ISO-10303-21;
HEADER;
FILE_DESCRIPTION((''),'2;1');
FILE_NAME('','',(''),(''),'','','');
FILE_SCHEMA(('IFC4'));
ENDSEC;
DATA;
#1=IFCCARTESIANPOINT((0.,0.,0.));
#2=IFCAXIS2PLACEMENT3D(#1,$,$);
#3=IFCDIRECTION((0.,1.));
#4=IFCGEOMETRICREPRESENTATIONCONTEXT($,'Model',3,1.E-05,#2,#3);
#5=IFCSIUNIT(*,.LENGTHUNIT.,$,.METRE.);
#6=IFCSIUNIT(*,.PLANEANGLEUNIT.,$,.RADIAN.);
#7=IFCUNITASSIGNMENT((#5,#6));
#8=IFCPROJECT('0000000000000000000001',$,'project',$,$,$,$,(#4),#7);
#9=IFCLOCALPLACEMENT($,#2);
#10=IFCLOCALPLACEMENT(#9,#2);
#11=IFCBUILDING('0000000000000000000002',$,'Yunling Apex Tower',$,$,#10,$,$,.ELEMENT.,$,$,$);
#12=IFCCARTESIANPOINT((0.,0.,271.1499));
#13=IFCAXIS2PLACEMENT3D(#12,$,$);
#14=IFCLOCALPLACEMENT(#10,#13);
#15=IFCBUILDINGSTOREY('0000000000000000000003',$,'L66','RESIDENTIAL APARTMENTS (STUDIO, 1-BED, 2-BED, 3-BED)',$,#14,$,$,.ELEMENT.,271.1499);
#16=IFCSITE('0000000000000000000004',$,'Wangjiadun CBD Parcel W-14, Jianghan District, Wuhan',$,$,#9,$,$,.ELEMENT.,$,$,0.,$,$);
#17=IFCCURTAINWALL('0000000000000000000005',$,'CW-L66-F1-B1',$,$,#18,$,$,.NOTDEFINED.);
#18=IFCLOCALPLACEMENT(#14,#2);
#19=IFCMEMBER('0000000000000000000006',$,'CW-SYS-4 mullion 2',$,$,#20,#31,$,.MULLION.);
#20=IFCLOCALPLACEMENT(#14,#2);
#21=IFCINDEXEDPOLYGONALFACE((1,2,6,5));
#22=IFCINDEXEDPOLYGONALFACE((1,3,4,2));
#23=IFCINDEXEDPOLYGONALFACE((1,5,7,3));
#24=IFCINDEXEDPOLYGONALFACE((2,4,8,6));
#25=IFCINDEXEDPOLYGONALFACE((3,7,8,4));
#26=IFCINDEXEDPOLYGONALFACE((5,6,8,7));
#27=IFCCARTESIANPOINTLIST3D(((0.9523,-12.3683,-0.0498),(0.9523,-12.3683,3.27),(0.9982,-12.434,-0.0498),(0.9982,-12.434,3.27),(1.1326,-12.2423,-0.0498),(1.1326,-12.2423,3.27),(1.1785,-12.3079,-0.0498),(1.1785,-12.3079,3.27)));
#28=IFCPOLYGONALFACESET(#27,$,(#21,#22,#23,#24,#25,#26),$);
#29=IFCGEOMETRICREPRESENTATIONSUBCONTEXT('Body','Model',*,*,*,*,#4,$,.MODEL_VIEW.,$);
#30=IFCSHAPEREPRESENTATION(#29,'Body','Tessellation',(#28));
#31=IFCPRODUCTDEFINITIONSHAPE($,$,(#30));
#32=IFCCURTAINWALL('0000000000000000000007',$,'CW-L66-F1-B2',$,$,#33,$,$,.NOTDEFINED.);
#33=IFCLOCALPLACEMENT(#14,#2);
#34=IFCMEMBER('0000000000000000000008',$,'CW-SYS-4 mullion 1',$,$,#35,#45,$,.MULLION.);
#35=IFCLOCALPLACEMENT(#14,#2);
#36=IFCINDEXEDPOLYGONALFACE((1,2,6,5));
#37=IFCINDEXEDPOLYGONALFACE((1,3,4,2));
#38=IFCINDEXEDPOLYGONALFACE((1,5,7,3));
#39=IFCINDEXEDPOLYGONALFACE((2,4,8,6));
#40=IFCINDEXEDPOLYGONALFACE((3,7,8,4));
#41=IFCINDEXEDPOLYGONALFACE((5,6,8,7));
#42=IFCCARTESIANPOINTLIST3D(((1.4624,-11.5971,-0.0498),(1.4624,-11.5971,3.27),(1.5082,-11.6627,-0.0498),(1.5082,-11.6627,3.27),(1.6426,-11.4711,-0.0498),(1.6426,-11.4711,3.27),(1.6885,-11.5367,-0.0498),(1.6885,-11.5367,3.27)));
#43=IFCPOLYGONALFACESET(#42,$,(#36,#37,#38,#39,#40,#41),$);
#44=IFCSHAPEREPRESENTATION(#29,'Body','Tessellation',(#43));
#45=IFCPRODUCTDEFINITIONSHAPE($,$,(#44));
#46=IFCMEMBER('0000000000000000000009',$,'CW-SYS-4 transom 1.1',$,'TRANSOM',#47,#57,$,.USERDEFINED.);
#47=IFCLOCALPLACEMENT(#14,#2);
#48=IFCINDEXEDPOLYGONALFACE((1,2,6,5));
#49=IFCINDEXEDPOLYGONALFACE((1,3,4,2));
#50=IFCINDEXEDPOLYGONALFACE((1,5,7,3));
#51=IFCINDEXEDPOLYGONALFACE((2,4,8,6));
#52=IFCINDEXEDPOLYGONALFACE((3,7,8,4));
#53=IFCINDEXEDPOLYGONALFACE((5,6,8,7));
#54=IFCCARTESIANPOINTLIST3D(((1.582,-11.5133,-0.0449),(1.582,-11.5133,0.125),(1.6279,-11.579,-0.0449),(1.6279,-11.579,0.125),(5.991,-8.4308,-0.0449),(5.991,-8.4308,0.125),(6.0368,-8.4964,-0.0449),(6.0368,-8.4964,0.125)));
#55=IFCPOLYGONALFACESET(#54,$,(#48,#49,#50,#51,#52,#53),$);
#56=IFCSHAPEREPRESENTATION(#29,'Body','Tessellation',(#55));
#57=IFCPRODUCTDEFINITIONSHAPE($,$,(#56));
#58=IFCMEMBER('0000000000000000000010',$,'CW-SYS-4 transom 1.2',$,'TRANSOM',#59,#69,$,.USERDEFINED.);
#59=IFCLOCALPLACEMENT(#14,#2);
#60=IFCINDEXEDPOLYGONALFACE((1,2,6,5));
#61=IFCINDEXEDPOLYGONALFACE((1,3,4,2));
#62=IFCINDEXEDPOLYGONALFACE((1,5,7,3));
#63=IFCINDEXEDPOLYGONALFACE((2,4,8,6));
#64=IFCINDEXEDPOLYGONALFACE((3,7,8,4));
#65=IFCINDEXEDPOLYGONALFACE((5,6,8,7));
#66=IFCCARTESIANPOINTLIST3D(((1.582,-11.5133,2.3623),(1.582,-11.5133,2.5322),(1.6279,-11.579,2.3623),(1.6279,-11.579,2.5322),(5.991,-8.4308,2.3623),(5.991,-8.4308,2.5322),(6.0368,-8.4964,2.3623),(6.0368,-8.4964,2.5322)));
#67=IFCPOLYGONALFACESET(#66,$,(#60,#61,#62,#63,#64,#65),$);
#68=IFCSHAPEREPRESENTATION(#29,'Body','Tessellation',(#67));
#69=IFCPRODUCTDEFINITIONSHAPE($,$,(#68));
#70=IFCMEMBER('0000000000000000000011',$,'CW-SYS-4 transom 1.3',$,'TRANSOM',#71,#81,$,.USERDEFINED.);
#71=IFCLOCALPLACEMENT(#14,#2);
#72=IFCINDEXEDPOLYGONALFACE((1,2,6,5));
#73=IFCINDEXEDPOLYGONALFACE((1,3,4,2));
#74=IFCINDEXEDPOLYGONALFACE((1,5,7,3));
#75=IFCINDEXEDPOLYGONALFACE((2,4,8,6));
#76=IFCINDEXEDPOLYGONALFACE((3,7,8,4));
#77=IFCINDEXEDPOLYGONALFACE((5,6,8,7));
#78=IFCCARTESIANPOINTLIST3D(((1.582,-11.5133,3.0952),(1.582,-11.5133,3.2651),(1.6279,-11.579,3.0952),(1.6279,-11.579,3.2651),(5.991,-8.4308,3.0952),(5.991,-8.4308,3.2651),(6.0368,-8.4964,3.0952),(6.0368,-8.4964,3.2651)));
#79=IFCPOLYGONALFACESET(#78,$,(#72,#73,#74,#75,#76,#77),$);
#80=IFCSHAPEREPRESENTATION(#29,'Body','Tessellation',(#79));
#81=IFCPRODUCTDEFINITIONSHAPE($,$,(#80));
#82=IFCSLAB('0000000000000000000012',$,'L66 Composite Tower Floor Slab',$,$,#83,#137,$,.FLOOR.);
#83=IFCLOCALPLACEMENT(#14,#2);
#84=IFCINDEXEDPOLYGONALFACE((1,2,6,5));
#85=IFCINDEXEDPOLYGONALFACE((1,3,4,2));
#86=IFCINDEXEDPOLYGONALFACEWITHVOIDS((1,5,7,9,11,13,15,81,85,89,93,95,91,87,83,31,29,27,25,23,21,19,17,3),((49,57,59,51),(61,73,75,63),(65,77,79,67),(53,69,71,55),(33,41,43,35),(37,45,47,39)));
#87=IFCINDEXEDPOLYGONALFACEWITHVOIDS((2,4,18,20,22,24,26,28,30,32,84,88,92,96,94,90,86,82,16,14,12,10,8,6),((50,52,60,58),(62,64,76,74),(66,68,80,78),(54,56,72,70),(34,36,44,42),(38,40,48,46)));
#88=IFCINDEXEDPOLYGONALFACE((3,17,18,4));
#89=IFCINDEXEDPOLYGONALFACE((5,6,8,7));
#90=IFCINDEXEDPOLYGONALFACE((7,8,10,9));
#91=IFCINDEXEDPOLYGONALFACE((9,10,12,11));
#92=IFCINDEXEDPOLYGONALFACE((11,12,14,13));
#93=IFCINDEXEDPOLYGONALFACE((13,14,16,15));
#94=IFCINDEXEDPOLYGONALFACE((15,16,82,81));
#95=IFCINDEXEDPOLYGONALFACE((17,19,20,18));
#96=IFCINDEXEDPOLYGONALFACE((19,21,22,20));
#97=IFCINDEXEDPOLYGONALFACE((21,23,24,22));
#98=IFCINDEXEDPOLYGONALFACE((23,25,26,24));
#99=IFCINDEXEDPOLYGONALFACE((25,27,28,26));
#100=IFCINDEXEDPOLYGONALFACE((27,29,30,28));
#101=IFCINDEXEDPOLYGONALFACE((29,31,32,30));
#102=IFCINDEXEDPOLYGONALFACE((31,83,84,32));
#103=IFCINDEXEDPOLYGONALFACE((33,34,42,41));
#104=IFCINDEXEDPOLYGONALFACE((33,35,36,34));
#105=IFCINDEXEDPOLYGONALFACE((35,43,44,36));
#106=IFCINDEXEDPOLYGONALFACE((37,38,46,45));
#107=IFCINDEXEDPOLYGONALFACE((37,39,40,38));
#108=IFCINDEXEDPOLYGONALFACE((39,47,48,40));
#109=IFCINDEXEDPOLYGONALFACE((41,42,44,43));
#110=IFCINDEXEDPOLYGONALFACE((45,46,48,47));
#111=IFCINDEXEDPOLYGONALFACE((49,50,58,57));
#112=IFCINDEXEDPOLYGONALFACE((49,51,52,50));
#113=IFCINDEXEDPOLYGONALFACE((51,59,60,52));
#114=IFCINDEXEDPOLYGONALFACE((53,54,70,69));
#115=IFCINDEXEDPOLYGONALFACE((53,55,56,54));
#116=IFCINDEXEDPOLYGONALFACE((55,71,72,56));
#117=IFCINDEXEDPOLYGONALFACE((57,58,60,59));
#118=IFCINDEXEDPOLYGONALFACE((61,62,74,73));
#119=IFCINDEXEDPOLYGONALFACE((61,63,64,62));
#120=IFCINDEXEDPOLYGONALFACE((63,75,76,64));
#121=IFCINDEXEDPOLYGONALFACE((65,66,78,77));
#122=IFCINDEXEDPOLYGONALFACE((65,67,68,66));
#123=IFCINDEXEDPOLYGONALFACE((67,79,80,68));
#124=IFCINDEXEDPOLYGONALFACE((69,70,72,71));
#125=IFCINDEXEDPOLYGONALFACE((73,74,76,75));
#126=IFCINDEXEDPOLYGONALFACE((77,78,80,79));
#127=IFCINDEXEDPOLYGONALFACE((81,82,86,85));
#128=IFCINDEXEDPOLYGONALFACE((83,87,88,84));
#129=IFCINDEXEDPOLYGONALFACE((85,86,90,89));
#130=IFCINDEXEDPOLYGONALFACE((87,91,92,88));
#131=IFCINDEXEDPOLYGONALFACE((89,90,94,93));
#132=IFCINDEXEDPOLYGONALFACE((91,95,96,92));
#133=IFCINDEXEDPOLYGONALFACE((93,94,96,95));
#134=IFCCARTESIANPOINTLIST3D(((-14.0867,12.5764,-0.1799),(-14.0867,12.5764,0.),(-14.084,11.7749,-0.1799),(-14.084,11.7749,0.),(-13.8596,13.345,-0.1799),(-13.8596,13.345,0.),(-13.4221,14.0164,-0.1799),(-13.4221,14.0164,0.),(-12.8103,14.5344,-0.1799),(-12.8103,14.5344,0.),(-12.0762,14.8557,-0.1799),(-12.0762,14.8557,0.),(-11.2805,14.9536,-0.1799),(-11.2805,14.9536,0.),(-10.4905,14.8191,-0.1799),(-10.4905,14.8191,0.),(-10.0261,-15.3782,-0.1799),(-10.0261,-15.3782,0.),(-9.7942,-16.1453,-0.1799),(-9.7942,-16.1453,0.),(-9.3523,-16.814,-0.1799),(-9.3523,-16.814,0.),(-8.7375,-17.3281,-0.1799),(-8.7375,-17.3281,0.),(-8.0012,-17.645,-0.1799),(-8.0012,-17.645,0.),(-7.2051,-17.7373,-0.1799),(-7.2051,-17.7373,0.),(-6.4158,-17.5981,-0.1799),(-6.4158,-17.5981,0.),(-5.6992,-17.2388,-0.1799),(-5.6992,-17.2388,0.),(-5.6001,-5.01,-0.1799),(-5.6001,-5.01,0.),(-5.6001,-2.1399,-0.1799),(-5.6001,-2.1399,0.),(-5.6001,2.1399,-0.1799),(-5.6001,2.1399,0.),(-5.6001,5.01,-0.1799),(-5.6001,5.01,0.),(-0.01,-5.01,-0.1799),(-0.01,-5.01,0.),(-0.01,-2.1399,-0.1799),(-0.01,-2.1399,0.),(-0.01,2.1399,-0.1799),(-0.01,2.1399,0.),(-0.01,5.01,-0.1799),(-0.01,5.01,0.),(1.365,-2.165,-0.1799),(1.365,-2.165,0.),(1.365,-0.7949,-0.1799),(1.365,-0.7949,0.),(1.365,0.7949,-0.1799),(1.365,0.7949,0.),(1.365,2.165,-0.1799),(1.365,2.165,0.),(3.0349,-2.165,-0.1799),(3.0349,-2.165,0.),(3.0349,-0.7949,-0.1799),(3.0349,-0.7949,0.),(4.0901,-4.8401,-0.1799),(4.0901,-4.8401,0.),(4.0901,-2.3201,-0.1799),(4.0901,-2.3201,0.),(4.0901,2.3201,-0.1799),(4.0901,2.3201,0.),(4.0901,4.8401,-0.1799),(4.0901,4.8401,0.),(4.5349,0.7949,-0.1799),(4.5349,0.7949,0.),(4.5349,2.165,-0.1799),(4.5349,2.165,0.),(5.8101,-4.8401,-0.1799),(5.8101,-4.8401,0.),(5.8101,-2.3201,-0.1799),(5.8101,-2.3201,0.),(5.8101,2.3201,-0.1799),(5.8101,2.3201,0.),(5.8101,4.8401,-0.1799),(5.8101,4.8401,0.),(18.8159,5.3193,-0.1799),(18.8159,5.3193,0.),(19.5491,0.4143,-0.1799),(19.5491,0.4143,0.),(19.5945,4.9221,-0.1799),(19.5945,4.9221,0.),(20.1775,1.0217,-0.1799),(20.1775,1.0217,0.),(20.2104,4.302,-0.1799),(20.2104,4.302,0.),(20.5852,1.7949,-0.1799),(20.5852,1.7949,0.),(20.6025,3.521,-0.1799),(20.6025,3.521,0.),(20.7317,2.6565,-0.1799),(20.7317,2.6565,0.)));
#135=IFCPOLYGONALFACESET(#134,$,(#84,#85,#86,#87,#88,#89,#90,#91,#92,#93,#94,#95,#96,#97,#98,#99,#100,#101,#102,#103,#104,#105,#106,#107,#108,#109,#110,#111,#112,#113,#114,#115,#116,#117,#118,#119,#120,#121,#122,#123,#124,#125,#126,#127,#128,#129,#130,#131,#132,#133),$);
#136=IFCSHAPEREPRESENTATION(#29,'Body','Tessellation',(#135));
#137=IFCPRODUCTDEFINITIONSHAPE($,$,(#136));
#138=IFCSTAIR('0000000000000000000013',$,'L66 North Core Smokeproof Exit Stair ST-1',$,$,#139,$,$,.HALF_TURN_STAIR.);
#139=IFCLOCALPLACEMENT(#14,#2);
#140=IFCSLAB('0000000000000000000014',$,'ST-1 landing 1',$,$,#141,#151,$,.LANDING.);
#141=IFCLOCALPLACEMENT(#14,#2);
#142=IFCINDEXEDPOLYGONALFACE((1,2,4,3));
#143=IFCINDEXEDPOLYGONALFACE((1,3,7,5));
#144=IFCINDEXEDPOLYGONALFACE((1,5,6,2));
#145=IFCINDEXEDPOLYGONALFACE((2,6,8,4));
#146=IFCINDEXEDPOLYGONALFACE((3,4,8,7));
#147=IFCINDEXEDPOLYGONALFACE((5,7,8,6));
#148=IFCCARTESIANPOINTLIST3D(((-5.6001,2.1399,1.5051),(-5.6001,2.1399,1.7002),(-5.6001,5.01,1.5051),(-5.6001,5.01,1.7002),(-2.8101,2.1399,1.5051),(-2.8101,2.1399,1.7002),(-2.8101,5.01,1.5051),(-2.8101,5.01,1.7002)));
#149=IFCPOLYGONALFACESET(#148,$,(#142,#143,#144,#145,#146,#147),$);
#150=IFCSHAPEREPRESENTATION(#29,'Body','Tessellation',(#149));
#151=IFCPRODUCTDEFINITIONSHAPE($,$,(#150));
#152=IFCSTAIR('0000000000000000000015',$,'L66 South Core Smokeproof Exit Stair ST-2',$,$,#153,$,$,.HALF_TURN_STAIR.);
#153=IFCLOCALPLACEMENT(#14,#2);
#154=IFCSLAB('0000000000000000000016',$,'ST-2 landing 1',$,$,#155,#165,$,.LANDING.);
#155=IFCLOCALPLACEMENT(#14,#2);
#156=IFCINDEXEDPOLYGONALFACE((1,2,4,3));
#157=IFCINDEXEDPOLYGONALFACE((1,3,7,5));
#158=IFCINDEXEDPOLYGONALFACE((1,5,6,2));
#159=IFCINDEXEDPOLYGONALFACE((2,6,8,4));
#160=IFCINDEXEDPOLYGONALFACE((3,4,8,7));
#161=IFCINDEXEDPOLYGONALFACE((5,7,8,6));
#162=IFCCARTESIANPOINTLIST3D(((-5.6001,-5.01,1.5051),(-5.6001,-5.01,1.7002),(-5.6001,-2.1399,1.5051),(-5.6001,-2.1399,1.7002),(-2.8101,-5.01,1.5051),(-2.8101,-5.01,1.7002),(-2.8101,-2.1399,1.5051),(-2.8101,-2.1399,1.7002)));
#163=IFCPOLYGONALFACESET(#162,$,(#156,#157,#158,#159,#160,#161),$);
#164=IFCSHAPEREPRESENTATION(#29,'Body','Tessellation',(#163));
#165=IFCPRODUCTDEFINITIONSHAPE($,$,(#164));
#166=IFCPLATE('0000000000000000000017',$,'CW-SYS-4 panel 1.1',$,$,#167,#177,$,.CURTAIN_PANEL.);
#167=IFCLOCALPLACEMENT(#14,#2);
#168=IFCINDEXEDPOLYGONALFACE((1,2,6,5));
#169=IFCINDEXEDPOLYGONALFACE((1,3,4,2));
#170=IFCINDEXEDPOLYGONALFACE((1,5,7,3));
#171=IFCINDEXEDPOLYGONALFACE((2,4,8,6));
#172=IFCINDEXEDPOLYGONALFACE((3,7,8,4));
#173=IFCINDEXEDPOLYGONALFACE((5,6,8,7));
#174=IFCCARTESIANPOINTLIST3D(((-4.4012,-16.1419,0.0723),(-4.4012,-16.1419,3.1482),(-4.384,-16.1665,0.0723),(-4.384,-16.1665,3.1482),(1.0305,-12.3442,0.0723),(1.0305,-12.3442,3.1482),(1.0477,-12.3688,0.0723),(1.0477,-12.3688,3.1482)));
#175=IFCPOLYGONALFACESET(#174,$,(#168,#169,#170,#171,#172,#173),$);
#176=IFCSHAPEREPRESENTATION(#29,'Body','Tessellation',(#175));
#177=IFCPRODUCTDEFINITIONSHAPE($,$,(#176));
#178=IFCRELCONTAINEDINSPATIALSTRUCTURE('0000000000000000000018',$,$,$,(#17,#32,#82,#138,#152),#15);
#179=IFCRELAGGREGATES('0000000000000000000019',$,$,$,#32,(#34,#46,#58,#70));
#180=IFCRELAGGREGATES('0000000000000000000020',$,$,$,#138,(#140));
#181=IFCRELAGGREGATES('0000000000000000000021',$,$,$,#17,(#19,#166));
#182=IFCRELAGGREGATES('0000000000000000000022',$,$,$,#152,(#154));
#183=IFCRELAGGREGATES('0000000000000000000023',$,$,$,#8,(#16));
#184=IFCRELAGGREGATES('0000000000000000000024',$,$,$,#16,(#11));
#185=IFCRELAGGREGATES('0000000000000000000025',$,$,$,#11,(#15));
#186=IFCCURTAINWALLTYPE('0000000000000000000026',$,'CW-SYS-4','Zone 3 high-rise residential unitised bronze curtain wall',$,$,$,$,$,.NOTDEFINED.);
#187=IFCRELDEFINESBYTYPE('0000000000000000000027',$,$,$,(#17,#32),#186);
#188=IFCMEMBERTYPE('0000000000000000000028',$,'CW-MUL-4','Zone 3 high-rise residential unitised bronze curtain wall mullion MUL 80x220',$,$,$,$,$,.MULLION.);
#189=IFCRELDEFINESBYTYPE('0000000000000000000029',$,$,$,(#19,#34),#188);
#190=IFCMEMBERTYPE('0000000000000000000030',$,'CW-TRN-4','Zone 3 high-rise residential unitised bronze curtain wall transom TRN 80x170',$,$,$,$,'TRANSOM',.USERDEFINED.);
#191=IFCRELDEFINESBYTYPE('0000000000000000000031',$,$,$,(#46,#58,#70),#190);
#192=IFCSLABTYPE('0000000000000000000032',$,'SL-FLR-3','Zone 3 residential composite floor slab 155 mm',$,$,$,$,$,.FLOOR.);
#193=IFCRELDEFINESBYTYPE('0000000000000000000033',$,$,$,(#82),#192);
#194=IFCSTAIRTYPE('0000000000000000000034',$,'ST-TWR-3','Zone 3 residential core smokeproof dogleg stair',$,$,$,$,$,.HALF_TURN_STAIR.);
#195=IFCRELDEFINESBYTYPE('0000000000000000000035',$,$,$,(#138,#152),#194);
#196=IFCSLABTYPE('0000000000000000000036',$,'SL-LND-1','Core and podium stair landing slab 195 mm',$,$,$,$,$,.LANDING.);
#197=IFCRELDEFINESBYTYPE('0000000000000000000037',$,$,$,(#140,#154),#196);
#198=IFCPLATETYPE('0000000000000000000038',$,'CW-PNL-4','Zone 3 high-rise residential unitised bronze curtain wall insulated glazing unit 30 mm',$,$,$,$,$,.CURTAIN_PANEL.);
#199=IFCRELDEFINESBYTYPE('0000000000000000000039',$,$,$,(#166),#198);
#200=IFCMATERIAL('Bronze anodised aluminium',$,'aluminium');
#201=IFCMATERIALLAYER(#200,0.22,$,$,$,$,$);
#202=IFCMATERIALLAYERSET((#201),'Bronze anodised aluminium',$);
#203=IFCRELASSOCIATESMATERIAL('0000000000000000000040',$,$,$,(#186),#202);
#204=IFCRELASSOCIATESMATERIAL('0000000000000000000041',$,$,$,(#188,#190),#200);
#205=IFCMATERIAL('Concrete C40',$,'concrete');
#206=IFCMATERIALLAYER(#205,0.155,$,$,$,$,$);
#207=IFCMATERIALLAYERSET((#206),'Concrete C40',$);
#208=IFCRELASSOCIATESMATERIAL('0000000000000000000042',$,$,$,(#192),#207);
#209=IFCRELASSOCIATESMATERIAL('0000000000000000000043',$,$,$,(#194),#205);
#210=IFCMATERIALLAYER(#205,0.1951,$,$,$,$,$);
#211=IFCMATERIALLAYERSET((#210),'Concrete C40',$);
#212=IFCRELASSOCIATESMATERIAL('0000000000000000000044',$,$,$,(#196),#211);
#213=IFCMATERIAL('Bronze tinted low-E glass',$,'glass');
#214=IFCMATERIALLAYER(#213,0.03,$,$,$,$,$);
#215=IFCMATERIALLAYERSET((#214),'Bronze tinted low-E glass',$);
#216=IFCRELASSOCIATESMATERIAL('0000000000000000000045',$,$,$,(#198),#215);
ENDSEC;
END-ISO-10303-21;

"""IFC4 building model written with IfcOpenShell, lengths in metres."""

from ifc_helpers import new_model, si_unit, direction, frame, origin, origin_2d, place, context, subcontext, project, spatial, polyline, rectangle, outline, extrude, source, transform, mapped, material, layer, layer_set, material_profile, profile_set, type_object, element, aggregate, save


model = new_model("IFC4")

# Units and contexts
model_context = context("Model", 3, precision=1e-05, world=origin(), true_north=direction((0.0, 1.0)))
body_context = subcontext(model_context, "Body", "Model", "MODEL_VIEW")
ifc_project = project(units=[si_unit("LENGTHUNIT", "METRE"), si_unit("PLANEANGLEUNIT", "RADIAN")], contexts=[model_context])

# Site, building, storey
site_placement = place(None, origin())
site = spatial("IfcSite", under=ifc_project, at=site_placement, Name="Wangjiadun CBD Parcel W-14, Jianghan District, Wuhan", CompositionType="ELEMENT", RefElevation=0.0)
building_placement = place(site_placement, origin())
building = spatial("IfcBuilding", under=site, at=building_placement, Name="Yunling Apex Tower", CompositionType="ELEMENT")
storey_placement = place(building_placement, frame((0.0, 0.0, 271.1499)))
storey = spatial("IfcBuildingStorey", under=building, at=storey_placement, Name="L66", Description="RESIDENTIAL APARTMENTS (STUDIO, 1-BED, 2-BED, 3-BED)", CompositionType="ELEMENT", Elevation=271.1499)

# Curtain wall, member
ifc_material_1 = material(Name="Bronze anodised aluminium", Category="aluminium")
ifc_layer_1 = layer(ifc_material_1, 0.22)
ifc_layer_set_1 = layer_set([ifc_layer_1], Name="Bronze anodised aluminium")
curtain_wall_type = type_object("IfcCurtainWallType", Name="CW-SYS-4", Description="Zone 3 high-rise residential unitised bronze curtain wall", PredefinedType="NOTDEFINED", material=ifc_layer_set_1)
curtain_wall_1_placement = place(storey_placement, origin())
curtain_wall_1 = element("IfcCurtainWall", 1, at=curtain_wall_1_placement, inside=storey, type_object=curtain_wall_type, Name="CW-L66-F1-B1", PredefinedType="NOTDEFINED")
ifc_material_profile_1 = material_profile(ifc_material_1, rectangle(XDim=0.0801, YDim=0.22, at=origin_2d()))
ifc_profile_set_1 = profile_set([ifc_material_profile_1], Name="Bronze anodised aluminium")
member_type_1 = type_object("IfcMemberType", Name="CW-MUL-4", Description="Zone 3 high-rise residential unitised bronze curtain wall mullion MUL 80x220", PredefinedType="MULLION", material=ifc_profile_set_1)
shared_shape_1 = source(origin(), body_context, "Body", "SweptSolid", [
    extrude(rectangle(XDim=0.0801, YDim=0.22, at=origin_2d()), origin(), (0.0, 0.0, 1.0), 3.3198),
])
member_1_placement = place(storey_placement, frame((1.0654, -12.3381, -0.0498), z_axis=(0.0, 0.0, 1.0), x_axis=(-0.573, 0.819555, 0.0)))
member_1 = element("IfcMember", 2, at=member_1_placement, type_object=member_type_1, Name="CW-SYS-4 mullion 2", PredefinedType="MULLION", context=body_context, shape_type="MappedRepresentation", body=[
    mapped(shared_shape_1, transform((0.0, 0.0, 0.0), scale=1.0)),
])

# Curtain wall, members
curtain_wall_2_placement = place(storey_placement, origin())
curtain_wall_2 = element("IfcCurtainWall", 3, at=curtain_wall_2_placement, inside=storey, type_object=curtain_wall_type, Name="CW-L66-F1-B2", PredefinedType="NOTDEFINED")
member_2_placement = place(storey_placement, frame((1.5754, -11.5669, -0.0498), z_axis=(0.0, 0.0, 1.0), x_axis=(-0.572999, 0.819556, 0.0)))
member_2 = element("IfcMember", 4, at=member_2_placement, type_object=member_type_1, Name="CW-SYS-4 mullion 1", PredefinedType="MULLION", context=body_context, shape_type="MappedRepresentation", body=[
    mapped(shared_shape_1, transform((0.0, 0.0, 0.0), scale=1.0)),
])
ifc_material_profile_2 = material_profile(ifc_material_1, rectangle(XDim=0.0801, YDim=0.1699, at=origin_2d()))
ifc_profile_set_2 = profile_set([ifc_material_profile_2], Name="Bronze anodised aluminium")
member_type_2 = type_object("IfcMemberType", Name="CW-TRN-4", Description="Zone 3 high-rise residential unitised bronze curtain wall transom TRN 80x170", ElementType="TRANSOM", PredefinedType="USERDEFINED", material=ifc_profile_set_2)
shared_shape_2 = source(origin(), body_context, "Body", "SweptSolid", [
    extrude(rectangle(XDim=0.0801, YDim=0.1699, at=origin_2d()), origin(), (0.0, 0.0, 1.0), 5.3796),
])
member_3_placement = place(storey_placement, frame((1.605, -11.5461, 0.04), z_axis=(0.819558, 0.572996, 0.0), x_axis=(-0.572996, 0.819558, 0.0)))
member_3 = element("IfcMember", 5, at=member_3_placement, type_object=member_type_2, Name="CW-SYS-4 transom 1.1", ObjectType="TRANSOM", PredefinedType="USERDEFINED", context=body_context, shape_type="MappedRepresentation", body=[
    mapped(shared_shape_2, transform((0.0, 0.0, 0.0), scale=1.0)),
])
member_4_placement = place(storey_placement, frame((1.605, -11.5461, 2.4473), z_axis=(0.819558, 0.572996, 0.0), x_axis=(-0.572996, 0.819558, 0.0)))
member_4 = element("IfcMember", 6, at=member_4_placement, type_object=member_type_2, Name="CW-SYS-4 transom 1.2", ObjectType="TRANSOM", PredefinedType="USERDEFINED", context=body_context, shape_type="MappedRepresentation", body=[
    mapped(shared_shape_2, transform((0.0, 0.0, 0.0), scale=1.0)),
])
member_5_placement = place(storey_placement, frame((1.605, -11.5461, 3.1802), z_axis=(0.819558, 0.572996, 0.0), x_axis=(-0.572996, 0.819558, 0.0)))
member_5 = element("IfcMember", 7, at=member_5_placement, type_object=member_type_2, Name="CW-SYS-4 transom 1.3", ObjectType="TRANSOM", PredefinedType="USERDEFINED", context=body_context, shape_type="MappedRepresentation", body=[
    mapped(shared_shape_2, transform((0.0, 0.0, 0.0), scale=1.0)),
])
aggregate(curtain_wall_2, [member_2, member_3, member_4, member_5])

# Slab
ifc_material_2 = material(Name="Concrete C40", Category="concrete")
ifc_layer_2 = layer(ifc_material_2, 0.155)
ifc_layer_set_2 = layer_set([ifc_layer_2], Name="Concrete C40")
slab_type_1 = type_object("IfcSlabType", Name="SL-FLR-3", Description="Zone 3 residential composite floor slab 155 mm", PredefinedType="FLOOR", material=ifc_layer_set_2)
slab_1_placement = place(storey_placement, frame((0.0, 0.0, -0.1799)))
element("IfcSlab", 8, at=slab_1_placement, inside=storey, type_object=slab_type_1, Name="L66 Composite Tower Floor Slab", PredefinedType="FLOOR", context=body_context, shape_type="SweptSolid", body=[
    extrude(outline(polyline([(-10.0261, -15.3782), (-9.7942, -16.1453), (-9.3523, -16.814), (-8.7375, -17.3281), (-8.0012, -17.645), (-7.2051, -17.7373), (-6.4158, -17.5981), (-5.6992, -17.2388), (19.5491, 0.4143), (20.1775, 1.0217), (20.5852, 1.7949), (20.7317, 2.6565), (20.6025, 3.521), (20.2104, 4.302), (19.5945, 4.9221), (18.8159, 5.3193), (-10.4905, 14.8191), (-11.2805, 14.9536), (-12.0762, 14.8557), (-12.8103, 14.5344), (-13.4221, 14.0164), (-13.8596, 13.345), (-14.0867, 12.5764), (-14.084, 11.7749), (-10.0261, -15.3782)]), holes=[polyline([(4.0901, 4.8401), (5.8101, 4.8401), (5.8101, 2.3201), (4.0901, 2.3201), (4.0901, 4.8401)]), polyline([(4.0901, -4.8401), (4.0901, -2.3201), (5.8101, -2.3201), (5.8101, -4.8401), (4.0901, -4.8401)]), polyline([(4.5349, 0.7949), (1.365, 0.7949), (1.365, 2.165), (4.5349, 2.165), (4.5349, 0.7949)]), polyline([(1.365, -0.7949), (3.0349, -0.7949), (3.0349, -2.165), (1.365, -2.165), (1.365, -0.7949)]), polyline([(-0.01, -5.01), (-5.6001, -5.01), (-5.6001, -2.1399), (-0.01, -2.1399), (-0.01, -5.01)]), polyline([(-0.01, 2.1399), (-5.6001, 2.1399), (-5.6001, 5.01), (-0.01, 5.01), (-0.01, 2.1399)])]), origin(), (0.0, 0.0, 1.0), 0.1799),
])

# Stairs, slabs
stair_type = type_object("IfcStairType", Name="ST-TWR-3", Description="Zone 3 residential core smokeproof dogleg stair", PredefinedType="HALF_TURN_STAIR", material=ifc_material_2)
stair_1_placement = place(storey_placement, origin())
stair_1 = element("IfcStair", 9, at=stair_1_placement, inside=storey, type_object=stair_type, Name="L66 North Core Smokeproof Exit Stair ST-1", PredefinedType="HALF_TURN_STAIR")
ifc_layer_3 = layer(ifc_material_2, 0.1951)
ifc_layer_set_3 = layer_set([ifc_layer_3], Name="Concrete C40")
slab_type_2 = type_object("IfcSlabType", Name="SL-LND-1", Description="Core and podium stair landing slab 195 mm", PredefinedType="LANDING", material=ifc_layer_set_3)
slab_2_placement = place(storey_placement, frame((0.0, 0.0, 1.5051)))
slab_2 = element("IfcSlab", 10, at=slab_2_placement, type_object=slab_type_2, Name="ST-1 landing 1", PredefinedType="LANDING", context=body_context, shape_type="SweptSolid", body=[
    extrude(outline(polyline([(-2.8101, 5.01), (-5.6001, 5.01), (-5.6001, 2.1399), (-2.8101, 2.1399), (-2.8101, 5.01)])), origin(), (0.0, 0.0, 1.0), 0.1951),
])
aggregate(stair_1, [slab_2])
stair_2_placement = place(storey_placement, origin())
stair_2 = element("IfcStair", 11, at=stair_2_placement, inside=storey, type_object=stair_type, Name="L66 South Core Smokeproof Exit Stair ST-2", PredefinedType="HALF_TURN_STAIR")
slab_3_placement = place(storey_placement, frame((0.0, 0.0, 1.5051)))
slab_3 = element("IfcSlab", 12, at=slab_3_placement, type_object=slab_type_2, Name="ST-2 landing 1", PredefinedType="LANDING", context=body_context, shape_type="SweptSolid", body=[
    extrude(outline(polyline([(-2.8101, -2.1399), (-5.6001, -2.1399), (-5.6001, -5.01), (-2.8101, -5.01), (-2.8101, -2.1399)])), origin(), (0.0, 0.0, 1.0), 0.1951),
])

# Plate
ifc_material_3 = material(Name="Bronze tinted low-E glass", Category="glass")
ifc_layer_4 = layer(ifc_material_3, 0.03)
ifc_layer_set_4 = layer_set([ifc_layer_4], Name="Bronze tinted low-E glass")
plate_type = type_object("IfcPlateType", Name="CW-PNL-4", Description="Zone 3 high-rise residential unitised bronze curtain wall insulated glazing unit 30 mm", PredefinedType="CURTAIN_PANEL", material=ifc_layer_set_4)
shared_shape_3 = source(origin(), body_context, "Body", "SweptSolid", [
    extrude(rectangle(XDim=6.6277, YDim=0.03, at=origin_2d()), origin(), (0.0, 0.0, 1.0), 3.0759),
])
plate_placement = place(storey_placement, frame((-1.6768, -14.2554, 0.0723), z_axis=(0.0, 0.0, 1.0), x_axis=(0.819555, 0.573, 0.0)))
plate = element("IfcPlate", 13, at=plate_placement, type_object=plate_type, Name="CW-SYS-4 panel 1.1", PredefinedType="CURTAIN_PANEL", context=body_context, shape_type="MappedRepresentation", body=[
    mapped(shared_shape_3, transform((0.0, 0.0, 0.0), scale=1.0)),
])
aggregate(curtain_wall_1, [member_1, plate])

aggregate(stair_2, [slab_3])

save(model, "model.ifc")
